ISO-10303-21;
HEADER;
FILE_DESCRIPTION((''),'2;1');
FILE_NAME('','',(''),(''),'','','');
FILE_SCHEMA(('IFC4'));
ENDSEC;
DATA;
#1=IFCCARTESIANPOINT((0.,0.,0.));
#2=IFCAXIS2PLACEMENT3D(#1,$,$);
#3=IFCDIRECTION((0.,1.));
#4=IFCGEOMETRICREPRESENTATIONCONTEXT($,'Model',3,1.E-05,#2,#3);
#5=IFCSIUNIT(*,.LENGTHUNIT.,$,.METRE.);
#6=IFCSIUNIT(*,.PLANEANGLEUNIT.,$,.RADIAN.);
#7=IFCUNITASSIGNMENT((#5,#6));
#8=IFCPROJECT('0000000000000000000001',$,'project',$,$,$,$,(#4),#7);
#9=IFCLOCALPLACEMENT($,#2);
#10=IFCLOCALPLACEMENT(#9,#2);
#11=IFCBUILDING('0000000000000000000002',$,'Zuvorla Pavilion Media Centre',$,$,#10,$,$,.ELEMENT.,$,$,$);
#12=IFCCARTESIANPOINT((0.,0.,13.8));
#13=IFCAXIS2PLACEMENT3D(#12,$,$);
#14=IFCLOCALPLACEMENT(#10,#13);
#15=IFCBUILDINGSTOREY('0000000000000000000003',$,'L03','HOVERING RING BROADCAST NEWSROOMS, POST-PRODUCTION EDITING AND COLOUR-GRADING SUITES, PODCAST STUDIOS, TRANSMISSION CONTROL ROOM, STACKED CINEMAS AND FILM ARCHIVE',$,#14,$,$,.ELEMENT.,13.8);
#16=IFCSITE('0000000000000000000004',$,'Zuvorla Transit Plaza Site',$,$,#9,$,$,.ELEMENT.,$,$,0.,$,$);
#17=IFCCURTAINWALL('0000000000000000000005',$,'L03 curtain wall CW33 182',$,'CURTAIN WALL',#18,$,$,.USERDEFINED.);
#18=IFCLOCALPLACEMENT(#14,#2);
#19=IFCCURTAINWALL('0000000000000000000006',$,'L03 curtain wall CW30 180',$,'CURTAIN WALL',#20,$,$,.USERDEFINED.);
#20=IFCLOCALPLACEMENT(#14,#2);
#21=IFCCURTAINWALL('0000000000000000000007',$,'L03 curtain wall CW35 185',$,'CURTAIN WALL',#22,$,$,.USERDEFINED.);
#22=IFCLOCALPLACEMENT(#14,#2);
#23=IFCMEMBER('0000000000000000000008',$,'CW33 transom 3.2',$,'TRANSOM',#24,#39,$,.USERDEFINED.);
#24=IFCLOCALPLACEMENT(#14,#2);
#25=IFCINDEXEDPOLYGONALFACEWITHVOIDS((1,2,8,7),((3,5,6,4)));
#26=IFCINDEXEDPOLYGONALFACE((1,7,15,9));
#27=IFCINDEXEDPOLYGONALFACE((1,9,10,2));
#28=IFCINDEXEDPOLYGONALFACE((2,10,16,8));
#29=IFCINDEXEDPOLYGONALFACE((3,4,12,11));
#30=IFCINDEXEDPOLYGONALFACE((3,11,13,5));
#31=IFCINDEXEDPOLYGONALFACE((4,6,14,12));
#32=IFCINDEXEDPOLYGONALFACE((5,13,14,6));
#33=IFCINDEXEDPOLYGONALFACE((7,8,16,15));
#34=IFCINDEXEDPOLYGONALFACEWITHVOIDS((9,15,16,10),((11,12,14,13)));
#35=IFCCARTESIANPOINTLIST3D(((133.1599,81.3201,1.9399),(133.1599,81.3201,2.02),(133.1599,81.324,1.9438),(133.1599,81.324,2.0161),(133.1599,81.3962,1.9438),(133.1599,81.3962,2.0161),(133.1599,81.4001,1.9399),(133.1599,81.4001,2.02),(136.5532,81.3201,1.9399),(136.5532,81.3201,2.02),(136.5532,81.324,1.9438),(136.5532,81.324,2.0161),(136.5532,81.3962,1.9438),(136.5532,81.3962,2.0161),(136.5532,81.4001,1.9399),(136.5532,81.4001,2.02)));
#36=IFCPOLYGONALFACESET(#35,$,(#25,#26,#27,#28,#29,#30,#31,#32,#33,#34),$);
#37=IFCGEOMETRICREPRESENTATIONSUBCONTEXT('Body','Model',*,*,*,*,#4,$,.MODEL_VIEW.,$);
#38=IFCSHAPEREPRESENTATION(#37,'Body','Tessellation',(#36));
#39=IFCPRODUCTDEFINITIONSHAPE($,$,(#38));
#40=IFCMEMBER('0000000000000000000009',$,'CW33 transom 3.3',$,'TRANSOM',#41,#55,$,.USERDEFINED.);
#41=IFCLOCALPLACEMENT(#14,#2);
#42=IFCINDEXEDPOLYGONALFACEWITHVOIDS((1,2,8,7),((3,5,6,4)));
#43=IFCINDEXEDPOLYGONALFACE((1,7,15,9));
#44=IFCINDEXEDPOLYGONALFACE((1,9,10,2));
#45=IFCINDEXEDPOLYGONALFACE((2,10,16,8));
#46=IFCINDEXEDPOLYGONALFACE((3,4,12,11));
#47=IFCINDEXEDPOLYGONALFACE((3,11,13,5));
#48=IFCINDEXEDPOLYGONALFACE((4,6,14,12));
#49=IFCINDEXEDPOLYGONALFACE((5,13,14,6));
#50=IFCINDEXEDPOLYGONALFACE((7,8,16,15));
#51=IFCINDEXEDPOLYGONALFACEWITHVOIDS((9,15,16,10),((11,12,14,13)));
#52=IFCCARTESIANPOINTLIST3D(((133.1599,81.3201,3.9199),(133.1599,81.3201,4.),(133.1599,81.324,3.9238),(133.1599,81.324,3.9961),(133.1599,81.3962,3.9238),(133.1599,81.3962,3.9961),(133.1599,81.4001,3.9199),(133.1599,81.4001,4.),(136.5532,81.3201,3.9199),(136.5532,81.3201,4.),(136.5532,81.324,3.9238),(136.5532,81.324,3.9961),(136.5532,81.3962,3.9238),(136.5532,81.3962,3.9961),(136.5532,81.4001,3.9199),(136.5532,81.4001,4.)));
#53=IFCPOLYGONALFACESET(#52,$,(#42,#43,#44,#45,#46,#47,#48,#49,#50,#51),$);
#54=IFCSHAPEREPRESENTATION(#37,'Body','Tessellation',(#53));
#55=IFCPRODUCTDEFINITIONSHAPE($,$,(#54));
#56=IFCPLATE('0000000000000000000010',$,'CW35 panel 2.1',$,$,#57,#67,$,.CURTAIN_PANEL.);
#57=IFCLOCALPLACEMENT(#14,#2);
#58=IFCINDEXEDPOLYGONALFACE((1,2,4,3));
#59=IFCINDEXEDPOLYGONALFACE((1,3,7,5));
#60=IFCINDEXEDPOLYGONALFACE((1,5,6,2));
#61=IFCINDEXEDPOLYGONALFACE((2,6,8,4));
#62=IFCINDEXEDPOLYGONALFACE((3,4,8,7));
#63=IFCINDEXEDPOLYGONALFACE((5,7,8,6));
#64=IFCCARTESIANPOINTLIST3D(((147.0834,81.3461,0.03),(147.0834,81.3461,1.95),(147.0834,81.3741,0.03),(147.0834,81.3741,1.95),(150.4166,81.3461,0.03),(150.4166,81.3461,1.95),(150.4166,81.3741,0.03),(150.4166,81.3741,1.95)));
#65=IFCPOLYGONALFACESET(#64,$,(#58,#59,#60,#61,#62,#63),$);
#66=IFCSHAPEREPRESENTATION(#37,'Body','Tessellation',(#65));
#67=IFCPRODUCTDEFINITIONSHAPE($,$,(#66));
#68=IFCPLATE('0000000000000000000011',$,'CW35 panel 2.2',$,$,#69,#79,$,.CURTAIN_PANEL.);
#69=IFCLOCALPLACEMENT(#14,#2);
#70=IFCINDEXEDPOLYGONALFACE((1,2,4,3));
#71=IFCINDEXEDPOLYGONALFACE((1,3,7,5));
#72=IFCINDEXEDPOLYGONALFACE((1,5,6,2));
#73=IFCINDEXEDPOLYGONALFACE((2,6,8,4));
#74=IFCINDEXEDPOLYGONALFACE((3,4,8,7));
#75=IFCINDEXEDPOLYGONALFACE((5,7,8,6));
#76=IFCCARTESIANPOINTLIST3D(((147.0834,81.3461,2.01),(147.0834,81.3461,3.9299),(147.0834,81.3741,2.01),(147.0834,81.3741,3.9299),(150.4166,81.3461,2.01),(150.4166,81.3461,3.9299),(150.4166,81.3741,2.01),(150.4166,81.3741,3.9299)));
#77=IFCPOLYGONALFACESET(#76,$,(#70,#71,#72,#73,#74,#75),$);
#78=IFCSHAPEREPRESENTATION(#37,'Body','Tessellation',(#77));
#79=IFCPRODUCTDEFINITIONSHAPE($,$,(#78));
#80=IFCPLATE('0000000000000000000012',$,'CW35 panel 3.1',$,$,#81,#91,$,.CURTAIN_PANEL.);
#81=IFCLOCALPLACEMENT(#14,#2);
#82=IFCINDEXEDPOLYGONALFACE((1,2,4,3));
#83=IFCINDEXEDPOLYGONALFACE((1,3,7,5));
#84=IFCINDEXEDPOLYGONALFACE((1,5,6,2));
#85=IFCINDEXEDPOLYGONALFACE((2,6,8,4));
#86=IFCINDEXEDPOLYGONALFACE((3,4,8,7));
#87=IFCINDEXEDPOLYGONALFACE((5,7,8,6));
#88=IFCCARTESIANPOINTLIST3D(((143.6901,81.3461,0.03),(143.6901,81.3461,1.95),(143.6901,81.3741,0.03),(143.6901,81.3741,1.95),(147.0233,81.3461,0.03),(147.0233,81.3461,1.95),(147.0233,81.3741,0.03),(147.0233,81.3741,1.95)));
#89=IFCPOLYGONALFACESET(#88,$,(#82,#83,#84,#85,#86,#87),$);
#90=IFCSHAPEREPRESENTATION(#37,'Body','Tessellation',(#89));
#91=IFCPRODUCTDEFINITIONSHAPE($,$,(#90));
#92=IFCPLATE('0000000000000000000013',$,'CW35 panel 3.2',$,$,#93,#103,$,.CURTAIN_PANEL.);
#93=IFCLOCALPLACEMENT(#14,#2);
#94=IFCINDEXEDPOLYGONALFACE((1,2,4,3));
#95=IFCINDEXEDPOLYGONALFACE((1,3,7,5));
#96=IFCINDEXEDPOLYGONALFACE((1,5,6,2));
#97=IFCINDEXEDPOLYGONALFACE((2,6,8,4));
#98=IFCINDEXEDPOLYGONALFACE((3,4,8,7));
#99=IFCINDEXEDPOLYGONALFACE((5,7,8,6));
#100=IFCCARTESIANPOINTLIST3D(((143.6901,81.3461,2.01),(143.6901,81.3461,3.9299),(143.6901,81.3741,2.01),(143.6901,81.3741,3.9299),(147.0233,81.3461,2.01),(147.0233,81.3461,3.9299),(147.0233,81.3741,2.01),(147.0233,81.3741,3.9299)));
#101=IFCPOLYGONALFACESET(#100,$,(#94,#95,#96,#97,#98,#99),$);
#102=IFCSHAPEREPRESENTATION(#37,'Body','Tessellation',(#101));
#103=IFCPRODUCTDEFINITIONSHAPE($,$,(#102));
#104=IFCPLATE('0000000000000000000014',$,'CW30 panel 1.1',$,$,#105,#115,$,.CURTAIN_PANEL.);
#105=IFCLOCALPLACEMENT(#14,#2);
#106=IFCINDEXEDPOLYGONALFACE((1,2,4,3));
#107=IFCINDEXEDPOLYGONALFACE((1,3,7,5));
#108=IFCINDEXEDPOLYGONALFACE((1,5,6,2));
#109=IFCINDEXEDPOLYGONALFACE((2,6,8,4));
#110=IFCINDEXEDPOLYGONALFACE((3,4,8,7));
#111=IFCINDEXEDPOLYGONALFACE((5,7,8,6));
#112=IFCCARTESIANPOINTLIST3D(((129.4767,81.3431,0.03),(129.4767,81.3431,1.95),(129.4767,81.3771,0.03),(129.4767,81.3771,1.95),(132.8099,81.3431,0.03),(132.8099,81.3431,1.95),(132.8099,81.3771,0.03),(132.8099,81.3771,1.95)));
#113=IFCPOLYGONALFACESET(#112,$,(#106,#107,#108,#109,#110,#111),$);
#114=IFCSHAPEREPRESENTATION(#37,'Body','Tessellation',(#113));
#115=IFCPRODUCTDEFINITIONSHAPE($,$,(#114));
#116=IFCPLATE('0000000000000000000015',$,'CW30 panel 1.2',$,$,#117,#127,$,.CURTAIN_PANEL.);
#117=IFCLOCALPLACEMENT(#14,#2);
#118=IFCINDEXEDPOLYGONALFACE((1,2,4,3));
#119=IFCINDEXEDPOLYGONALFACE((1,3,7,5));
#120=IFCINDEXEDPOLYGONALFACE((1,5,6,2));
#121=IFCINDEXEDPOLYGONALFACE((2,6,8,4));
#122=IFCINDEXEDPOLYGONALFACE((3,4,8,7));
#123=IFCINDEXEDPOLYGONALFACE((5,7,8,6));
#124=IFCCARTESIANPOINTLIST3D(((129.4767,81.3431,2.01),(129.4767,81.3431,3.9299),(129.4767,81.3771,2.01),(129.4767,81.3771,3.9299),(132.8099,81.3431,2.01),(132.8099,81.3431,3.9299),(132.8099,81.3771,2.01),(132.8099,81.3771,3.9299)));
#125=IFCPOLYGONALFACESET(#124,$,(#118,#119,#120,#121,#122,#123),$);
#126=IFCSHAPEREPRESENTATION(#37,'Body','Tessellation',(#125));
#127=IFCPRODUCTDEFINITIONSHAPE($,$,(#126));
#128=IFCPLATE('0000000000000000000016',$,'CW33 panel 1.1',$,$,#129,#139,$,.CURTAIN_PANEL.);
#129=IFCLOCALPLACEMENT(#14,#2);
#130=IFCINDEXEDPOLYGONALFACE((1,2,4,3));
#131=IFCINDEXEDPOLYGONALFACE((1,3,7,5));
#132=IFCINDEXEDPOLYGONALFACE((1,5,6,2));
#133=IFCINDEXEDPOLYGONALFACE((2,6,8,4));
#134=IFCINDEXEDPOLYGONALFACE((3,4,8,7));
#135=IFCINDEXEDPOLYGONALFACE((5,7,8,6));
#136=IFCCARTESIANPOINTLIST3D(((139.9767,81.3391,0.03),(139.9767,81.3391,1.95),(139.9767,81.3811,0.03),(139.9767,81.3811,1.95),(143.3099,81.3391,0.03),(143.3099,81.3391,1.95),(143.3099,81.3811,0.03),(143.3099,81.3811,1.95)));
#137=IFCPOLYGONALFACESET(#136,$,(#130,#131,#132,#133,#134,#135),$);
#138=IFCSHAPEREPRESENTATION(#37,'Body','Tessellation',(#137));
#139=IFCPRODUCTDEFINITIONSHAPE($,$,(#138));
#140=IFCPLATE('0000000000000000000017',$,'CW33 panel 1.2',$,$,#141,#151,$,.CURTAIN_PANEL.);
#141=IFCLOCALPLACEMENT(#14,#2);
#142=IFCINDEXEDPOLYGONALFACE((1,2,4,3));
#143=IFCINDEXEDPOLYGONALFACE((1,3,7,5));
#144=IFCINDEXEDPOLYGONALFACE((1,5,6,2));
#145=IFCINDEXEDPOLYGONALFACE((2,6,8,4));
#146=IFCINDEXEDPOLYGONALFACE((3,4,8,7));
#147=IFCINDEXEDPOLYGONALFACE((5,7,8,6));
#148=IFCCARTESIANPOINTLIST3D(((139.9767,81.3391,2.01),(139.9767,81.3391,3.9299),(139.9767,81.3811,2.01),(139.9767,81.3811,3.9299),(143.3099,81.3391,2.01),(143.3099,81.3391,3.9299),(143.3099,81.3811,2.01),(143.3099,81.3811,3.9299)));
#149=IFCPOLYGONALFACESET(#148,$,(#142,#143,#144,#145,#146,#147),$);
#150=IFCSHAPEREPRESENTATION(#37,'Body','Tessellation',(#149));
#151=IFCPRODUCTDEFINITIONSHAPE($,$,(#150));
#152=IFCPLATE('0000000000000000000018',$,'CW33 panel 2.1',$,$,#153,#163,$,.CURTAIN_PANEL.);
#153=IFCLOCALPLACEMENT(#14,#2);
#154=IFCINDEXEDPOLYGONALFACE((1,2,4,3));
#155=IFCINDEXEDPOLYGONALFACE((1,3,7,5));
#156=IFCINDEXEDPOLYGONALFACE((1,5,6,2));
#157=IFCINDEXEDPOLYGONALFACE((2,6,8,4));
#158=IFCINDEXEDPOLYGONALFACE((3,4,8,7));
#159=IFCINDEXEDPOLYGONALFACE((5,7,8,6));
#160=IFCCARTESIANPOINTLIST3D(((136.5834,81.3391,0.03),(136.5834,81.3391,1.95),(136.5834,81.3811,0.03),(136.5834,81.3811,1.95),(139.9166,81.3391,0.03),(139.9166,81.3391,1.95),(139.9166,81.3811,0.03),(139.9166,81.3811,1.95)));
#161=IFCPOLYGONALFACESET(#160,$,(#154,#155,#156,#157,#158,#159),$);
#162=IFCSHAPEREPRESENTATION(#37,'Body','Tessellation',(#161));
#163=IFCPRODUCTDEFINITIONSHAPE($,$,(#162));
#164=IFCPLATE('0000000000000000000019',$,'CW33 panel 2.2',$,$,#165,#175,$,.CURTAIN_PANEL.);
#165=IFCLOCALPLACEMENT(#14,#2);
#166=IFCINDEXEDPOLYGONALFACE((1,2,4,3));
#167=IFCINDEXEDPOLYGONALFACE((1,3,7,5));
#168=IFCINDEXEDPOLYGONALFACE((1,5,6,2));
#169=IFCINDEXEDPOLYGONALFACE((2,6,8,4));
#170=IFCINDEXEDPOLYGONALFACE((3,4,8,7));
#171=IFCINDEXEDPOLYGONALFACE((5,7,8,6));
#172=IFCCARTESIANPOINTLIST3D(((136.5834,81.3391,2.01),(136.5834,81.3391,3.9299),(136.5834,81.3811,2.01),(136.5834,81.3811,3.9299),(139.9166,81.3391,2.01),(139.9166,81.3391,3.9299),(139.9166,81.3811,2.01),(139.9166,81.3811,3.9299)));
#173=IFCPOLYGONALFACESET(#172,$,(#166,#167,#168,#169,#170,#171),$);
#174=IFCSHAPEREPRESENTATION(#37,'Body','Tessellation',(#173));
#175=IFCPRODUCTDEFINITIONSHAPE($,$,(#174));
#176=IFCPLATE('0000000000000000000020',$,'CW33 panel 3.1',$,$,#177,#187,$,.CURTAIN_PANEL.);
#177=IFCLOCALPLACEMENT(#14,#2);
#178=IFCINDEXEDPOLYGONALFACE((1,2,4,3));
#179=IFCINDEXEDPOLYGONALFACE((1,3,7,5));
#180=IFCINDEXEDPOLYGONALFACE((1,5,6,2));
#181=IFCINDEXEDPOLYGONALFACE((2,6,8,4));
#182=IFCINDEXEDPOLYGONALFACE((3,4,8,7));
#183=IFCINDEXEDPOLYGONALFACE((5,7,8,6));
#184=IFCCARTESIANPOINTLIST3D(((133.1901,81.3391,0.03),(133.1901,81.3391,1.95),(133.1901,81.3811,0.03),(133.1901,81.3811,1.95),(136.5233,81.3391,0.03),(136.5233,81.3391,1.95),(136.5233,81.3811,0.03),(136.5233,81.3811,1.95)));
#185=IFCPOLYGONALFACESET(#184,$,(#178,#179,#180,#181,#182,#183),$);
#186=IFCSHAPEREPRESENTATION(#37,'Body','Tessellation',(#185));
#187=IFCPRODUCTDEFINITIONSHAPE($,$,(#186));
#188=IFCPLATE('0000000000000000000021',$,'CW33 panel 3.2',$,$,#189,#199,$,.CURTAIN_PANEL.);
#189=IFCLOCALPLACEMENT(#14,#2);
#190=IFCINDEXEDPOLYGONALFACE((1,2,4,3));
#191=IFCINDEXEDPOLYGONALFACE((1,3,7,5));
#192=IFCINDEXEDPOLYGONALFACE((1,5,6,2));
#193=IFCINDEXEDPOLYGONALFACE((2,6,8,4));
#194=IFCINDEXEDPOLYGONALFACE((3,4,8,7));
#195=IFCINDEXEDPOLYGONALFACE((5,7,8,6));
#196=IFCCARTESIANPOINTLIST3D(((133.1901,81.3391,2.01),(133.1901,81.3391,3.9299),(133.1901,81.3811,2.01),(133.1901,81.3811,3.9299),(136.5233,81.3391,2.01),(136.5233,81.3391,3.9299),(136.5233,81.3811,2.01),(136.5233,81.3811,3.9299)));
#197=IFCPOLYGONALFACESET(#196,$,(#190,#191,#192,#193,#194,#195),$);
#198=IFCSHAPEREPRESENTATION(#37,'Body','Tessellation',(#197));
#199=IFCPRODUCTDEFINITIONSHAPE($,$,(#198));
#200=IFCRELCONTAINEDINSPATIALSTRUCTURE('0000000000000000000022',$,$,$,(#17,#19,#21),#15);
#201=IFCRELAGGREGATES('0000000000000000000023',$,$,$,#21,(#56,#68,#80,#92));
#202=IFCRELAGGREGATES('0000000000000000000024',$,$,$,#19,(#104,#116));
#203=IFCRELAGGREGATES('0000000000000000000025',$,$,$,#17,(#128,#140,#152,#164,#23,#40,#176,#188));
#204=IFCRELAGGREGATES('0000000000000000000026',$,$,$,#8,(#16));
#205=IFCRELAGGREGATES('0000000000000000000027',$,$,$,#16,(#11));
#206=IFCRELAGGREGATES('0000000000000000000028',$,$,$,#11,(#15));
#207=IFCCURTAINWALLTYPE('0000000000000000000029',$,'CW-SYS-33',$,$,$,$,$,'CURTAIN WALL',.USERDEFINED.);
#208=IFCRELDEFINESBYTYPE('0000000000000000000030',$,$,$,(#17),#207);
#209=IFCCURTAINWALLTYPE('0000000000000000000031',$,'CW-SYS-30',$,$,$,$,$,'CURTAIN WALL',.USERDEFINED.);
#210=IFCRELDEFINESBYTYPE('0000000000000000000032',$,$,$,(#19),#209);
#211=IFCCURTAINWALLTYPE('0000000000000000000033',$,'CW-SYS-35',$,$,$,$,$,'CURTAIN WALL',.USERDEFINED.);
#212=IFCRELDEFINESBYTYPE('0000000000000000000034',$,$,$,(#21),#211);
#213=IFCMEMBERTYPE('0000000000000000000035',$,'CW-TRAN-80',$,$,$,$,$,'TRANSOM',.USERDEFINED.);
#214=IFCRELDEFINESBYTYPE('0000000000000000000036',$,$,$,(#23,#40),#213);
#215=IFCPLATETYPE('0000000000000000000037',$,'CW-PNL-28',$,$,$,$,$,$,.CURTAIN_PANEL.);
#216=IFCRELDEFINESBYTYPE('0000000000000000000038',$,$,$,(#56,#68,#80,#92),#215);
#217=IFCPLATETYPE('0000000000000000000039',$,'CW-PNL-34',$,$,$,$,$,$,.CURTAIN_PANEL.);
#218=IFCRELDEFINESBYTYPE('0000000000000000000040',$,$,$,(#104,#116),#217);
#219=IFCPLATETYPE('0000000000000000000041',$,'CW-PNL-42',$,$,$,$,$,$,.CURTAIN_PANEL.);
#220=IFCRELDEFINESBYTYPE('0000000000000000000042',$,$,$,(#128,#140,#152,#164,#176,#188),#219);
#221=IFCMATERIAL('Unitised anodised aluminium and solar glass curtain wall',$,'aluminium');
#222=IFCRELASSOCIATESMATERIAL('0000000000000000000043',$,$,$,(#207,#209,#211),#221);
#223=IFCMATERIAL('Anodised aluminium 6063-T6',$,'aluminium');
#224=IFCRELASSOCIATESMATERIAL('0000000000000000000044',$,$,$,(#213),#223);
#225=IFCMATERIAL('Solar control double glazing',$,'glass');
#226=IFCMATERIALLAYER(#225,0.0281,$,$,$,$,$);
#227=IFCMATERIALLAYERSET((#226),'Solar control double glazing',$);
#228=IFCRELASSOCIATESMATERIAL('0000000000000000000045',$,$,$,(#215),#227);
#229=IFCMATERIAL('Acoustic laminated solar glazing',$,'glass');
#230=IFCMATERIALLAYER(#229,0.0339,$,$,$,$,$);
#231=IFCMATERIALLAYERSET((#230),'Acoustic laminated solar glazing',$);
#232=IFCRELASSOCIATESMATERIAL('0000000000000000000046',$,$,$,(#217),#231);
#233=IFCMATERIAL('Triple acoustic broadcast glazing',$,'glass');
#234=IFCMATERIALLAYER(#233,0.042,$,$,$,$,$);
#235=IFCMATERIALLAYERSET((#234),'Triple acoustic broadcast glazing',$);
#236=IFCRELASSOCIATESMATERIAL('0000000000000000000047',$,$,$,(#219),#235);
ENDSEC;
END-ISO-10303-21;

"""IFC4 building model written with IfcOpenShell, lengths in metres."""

from ifc_helpers import new_model, si_unit, direction, frame, origin, origin_2d, place, context, subcontext, project, spatial, rectangle, hollow_rectangle, extrude, material, layer, layer_set, material_profile, profile_set, type_object, element, aggregate, save


model = new_model("IFC4")

# Units and contexts
model_context = context("Model", 3, precision=1e-05, world=origin(), true_north=direction((0.0, 1.0)))
body_context = subcontext(model_context, "Body", "Model", "MODEL_VIEW")
ifc_project = project(units=[si_unit("LENGTHUNIT", "METRE"), si_unit("PLANEANGLEUNIT", "RADIAN")], contexts=[model_context])

# Site, building, storey
site_placement = place(None, origin())
site = spatial("IfcSite", under=ifc_project, at=site_placement, Name="Zuvorla Transit Plaza Site", CompositionType="ELEMENT", RefElevation=0.0)
building_placement = place(site_placement, origin())
building = spatial("IfcBuilding", under=site, at=building_placement, Name="Zuvorla Pavilion Media Centre", CompositionType="ELEMENT")
storey_placement = place(building_placement, frame((0.0, 0.0, 13.8)))
storey = spatial("IfcBuildingStorey", under=building, at=storey_placement, Name="L03", Description="HOVERING RING BROADCAST NEWSROOMS, POST-PRODUCTION EDITING AND COLOUR-GRADING SUITES, PODCAST STUDIOS, TRANSMISSION CONTROL ROOM, STACKED CINEMAS AND FILM ARCHIVE", CompositionType="ELEMENT", Elevation=13.8)

# Curtain wall
ifc_material_1 = material(Name="Unitised anodised aluminium and solar glass curtain wall", Category="aluminium")
curtain_wall_type_1 = type_object("IfcCurtainWallType", Name="CW-SYS-33", ElementType="CURTAIN WALL", PredefinedType="USERDEFINED", material=ifc_material_1)
curtain_wall_1_placement = place(storey_placement, origin())
curtain_wall_1 = element("IfcCurtainWall", 1, at=curtain_wall_1_placement, inside=storey, type_object=curtain_wall_type_1, Name="L03 curtain wall CW33 182", ObjectType="CURTAIN WALL", PredefinedType="USERDEFINED")
ifc_material_2 = material(Name="Anodised aluminium 6063-T6", Category="aluminium")

# Curtain wall
curtain_wall_type_2 = type_object("IfcCurtainWallType", Name="CW-SYS-30", ElementType="CURTAIN WALL", PredefinedType="USERDEFINED", material=ifc_material_1)
curtain_wall_2_placement = place(storey_placement, origin())
curtain_wall_2 = element("IfcCurtainWall", 2, at=curtain_wall_2_placement, inside=storey, type_object=curtain_wall_type_2, Name="L03 curtain wall CW30 180", ObjectType="CURTAIN WALL", PredefinedType="USERDEFINED")

# Curtain wall
curtain_wall_type_3 = type_object("IfcCurtainWallType", Name="CW-SYS-35", ElementType="CURTAIN WALL", PredefinedType="USERDEFINED", material=ifc_material_1)
curtain_wall_3_placement = place(storey_placement, origin())
curtain_wall_3 = element("IfcCurtainWall", 3, at=curtain_wall_3_placement, inside=storey, type_object=curtain_wall_type_3, Name="L03 curtain wall CW35 185", ObjectType="CURTAIN WALL", PredefinedType="USERDEFINED")

# Members
ifc_material_profile_1 = material_profile(ifc_material_2, hollow_rectangle(XDim=0.0801, YDim=0.0801, WallThickness=0.0039, at=origin_2d()), Name="ALU TRAN 80x80")
ifc_profile_set_1 = profile_set([ifc_material_profile_1], Name="Anodised aluminium 6063-T6")
member_type_1 = type_object("IfcMemberType", Name="CW-TRAN-80", ElementType="TRANSOM", PredefinedType="USERDEFINED", material=ifc_profile_set_1)
member_1_placement = place(storey_placement, frame((136.5532, 81.3601, 1.98), z_axis=(-1.0, 0.0, 0.0), x_axis=(0.0, -1.0, 0.0)))
member_1 = element("IfcMember", 4, at=member_1_placement, type_object=member_type_1, Name="CW33 transom 3.2", ObjectType="TRANSOM", PredefinedType="USERDEFINED", context=body_context, shape_type="SweptSolid", body=[
    extrude(hollow_rectangle(XDim=0.0801, YDim=0.0801, WallThickness=0.0039, at=origin_2d()), origin(), (0.0, 0.0, 1.0), 3.3933),
])
member_2_placement = place(storey_placement, frame((136.5532, 81.3601, 3.96), z_axis=(-1.0, 0.0, 0.0), x_axis=(0.0, -1.0, 0.0)))
member_2 = element("IfcMember", 5, at=member_2_placement, type_object=member_type_1, Name="CW33 transom 3.3", ObjectType="TRANSOM", PredefinedType="USERDEFINED", context=body_context, shape_type="SweptSolid", body=[
    extrude(hollow_rectangle(XDim=0.0801, YDim=0.0801, WallThickness=0.0039, at=origin_2d()), origin(), (0.0, 0.0, 1.0), 3.3933),
])

# Plates
ifc_material_3 = material(Name="Solar control double glazing", Category="glass")
ifc_layer_1 = layer(ifc_material_3, 0.0281)
ifc_layer_set_1 = layer_set([ifc_layer_1], Name="Solar control double glazing")
plate_type_1 = type_object("IfcPlateType", Name="CW-PNL-28", PredefinedType="CURTAIN_PANEL", material=ifc_layer_set_1)
plate_1_placement = place(storey_placement, frame((148.75, 81.3601, 0.03), z_axis=(0.0, 0.0, 1.0), x_axis=(-1.0, 0.0, 0.0)))
plate_1 = element("IfcPlate", 6, at=plate_1_placement, type_object=plate_type_1, Name="CW35 panel 2.1", PredefinedType="CURTAIN_PANEL", context=body_context, shape_type="SweptSolid", body=[
    extrude(rectangle(XDim=3.3333, YDim=0.0281, at=origin_2d()), origin(), (0.0, 0.0, 1.0), 1.9199),
])
plate_2_placement = place(storey_placement, frame((148.75, 81.3601, 2.01), z_axis=(0.0, 0.0, 1.0), x_axis=(-1.0, 0.0, 0.0)))
plate_2 = element("IfcPlate", 7, at=plate_2_placement, type_object=plate_type_1, Name="CW35 panel 2.2", PredefinedType="CURTAIN_PANEL", context=body_context, shape_type="SweptSolid", body=[
    extrude(rectangle(XDim=3.3333, YDim=0.0281, at=origin_2d()), origin(), (0.0, 0.0, 1.0), 1.9199),
])
plate_3_placement = place(storey_placement, frame((145.3567, 81.3601, 0.03), z_axis=(0.0, 0.0, 1.0), x_axis=(-1.0, 0.0, 0.0)))
plate_3 = element("IfcPlate", 8, at=plate_3_placement, type_object=plate_type_1, Name="CW35 panel 3.1", PredefinedType="CURTAIN_PANEL", context=body_context, shape_type="SweptSolid", body=[
    extrude(rectangle(XDim=3.3333, YDim=0.0281, at=origin_2d()), origin(), (0.0, 0.0, 1.0), 1.9199),
])
plate_4_placement = place(storey_placement, frame((145.3567, 81.3601, 2.01), z_axis=(0.0, 0.0, 1.0), x_axis=(-1.0, 0.0, 0.0)))
plate_4 = element("IfcPlate", 9, at=plate_4_placement, type_object=plate_type_1, Name="CW35 panel 3.2", PredefinedType="CURTAIN_PANEL", context=body_context, shape_type="SweptSolid", body=[
    extrude(rectangle(XDim=3.3333, YDim=0.0281, at=origin_2d()), origin(), (0.0, 0.0, 1.0), 1.9199),
])
aggregate(curtain_wall_3, [plate_1, plate_2, plate_3, plate_4])
ifc_material_4 = material(Name="Acoustic laminated solar glazing", Category="glass")
ifc_layer_2 = layer(ifc_material_4, 0.0339)
ifc_layer_set_2 = layer_set([ifc_layer_2], Name="Acoustic laminated solar glazing")
plate_type_2 = type_object("IfcPlateType", Name="CW-PNL-34", PredefinedType="CURTAIN_PANEL", material=ifc_layer_set_2)
plate_5_placement = place(storey_placement, frame((131.1433, 81.3601, 0.03), z_axis=(0.0, 0.0, 1.0), x_axis=(-1.0, 0.0, 0.0)))
plate_5 = element("IfcPlate", 10, at=plate_5_placement, type_object=plate_type_2, Name="CW30 panel 1.1", PredefinedType="CURTAIN_PANEL", context=body_context, shape_type="SweptSolid", body=[
    extrude(rectangle(XDim=3.3333, YDim=0.0339, at=origin_2d()), origin(), (0.0, 0.0, 1.0), 1.9199),
])
plate_6_placement = place(storey_placement, frame((131.1433, 81.3601, 2.01), z_axis=(0.0, 0.0, 1.0), x_axis=(-1.0, 0.0, 0.0)))
plate_6 = element("IfcPlate", 11, at=plate_6_placement, type_object=plate_type_2, Name="CW30 panel 1.2", PredefinedType="CURTAIN_PANEL", context=body_context, shape_type="SweptSolid", body=[
    extrude(rectangle(XDim=3.3333, YDim=0.0339, at=origin_2d()), origin(), (0.0, 0.0, 1.0), 1.9199),
])
aggregate(curtain_wall_2, [plate_5, plate_6])
ifc_material_5 = material(Name="Triple acoustic broadcast glazing", Category="glass")
ifc_layer_3 = layer(ifc_material_5, 0.042)
ifc_layer_set_3 = layer_set([ifc_layer_3], Name="Triple acoustic broadcast glazing")
plate_type_3 = type_object("IfcPlateType", Name="CW-PNL-42", PredefinedType="CURTAIN_PANEL", material=ifc_layer_set_3)
plate_7_placement = place(storey_placement, frame((141.6433, 81.3601, 0.03), z_axis=(0.0, 0.0, 1.0), x_axis=(-1.0, 0.0, 0.0)))
plate_7 = element("IfcPlate", 12, at=plate_7_placement, type_object=plate_type_3, Name="CW33 panel 1.1", PredefinedType="CURTAIN_PANEL", context=body_context, shape_type="SweptSolid", body=[
    extrude(rectangle(XDim=3.3333, YDim=0.042, at=origin_2d()), origin(), (0.0, 0.0, 1.0), 1.9199),
])
plate_8_placement = place(storey_placement, frame((141.6433, 81.3601, 2.01), z_axis=(0.0, 0.0, 1.0), x_axis=(-1.0, 0.0, 0.0)))
plate_8 = element("IfcPlate", 13, at=plate_8_placement, type_object=plate_type_3, Name="CW33 panel 1.2", PredefinedType="CURTAIN_PANEL", context=body_context, shape_type="SweptSolid", body=[
    extrude(rectangle(XDim=3.3333, YDim=0.042, at=origin_2d()), origin(), (0.0, 0.0, 1.0), 1.9199),
])
plate_9_placement = place(storey_placement, frame((138.25, 81.3601, 0.03), z_axis=(0.0, 0.0, 1.0), x_axis=(-1.0, 0.0, 0.0)))
plate_9 = element("IfcPlate", 14, at=plate_9_placement, type_object=plate_type_3, Name="CW33 panel 2.1", PredefinedType="CURTAIN_PANEL", context=body_context, shape_type="SweptSolid", body=[
    extrude(rectangle(XDim=3.3333, YDim=0.042, at=origin_2d()), origin(), (0.0, 0.0, 1.0), 1.9199),
])
plate_10_placement = place(storey_placement, frame((138.25, 81.3601, 2.01), z_axis=(0.0, 0.0, 1.0), x_axis=(-1.0, 0.0, 0.0)))
plate_10 = element("IfcPlate", 15, at=plate_10_placement, type_object=plate_type_3, Name="CW33 panel 2.2", PredefinedType="CURTAIN_PANEL", context=body_context, shape_type="SweptSolid", body=[
    extrude(rectangle(XDim=3.3333, YDim=0.042, at=origin_2d()), origin(), (0.0, 0.0, 1.0), 1.9199),
])
plate_11_placement = place(storey_placement, frame((134.8567, 81.3601, 0.03), z_axis=(0.0, 0.0, 1.0), x_axis=(-1.0, 0.0, 0.0)))
plate_11 = element("IfcPlate", 16, at=plate_11_placement, type_object=plate_type_3, Name="CW33 panel 3.1", PredefinedType="CURTAIN_PANEL", context=body_context, shape_type="SweptSolid", body=[
    extrude(rectangle(XDim=3.3333, YDim=0.042, at=origin_2d()), origin(), (0.0, 0.0, 1.0), 1.9199),
])
plate_12_placement = place(storey_placement, frame((134.8567, 81.3601, 2.01), z_axis=(0.0, 0.0, 1.0), x_axis=(-1.0, 0.0, 0.0)))
plate_12 = element("IfcPlate", 17, at=plate_12_placement, type_object=plate_type_3, Name="CW33 panel 3.2", PredefinedType="CURTAIN_PANEL", context=body_context, shape_type="SweptSolid", body=[
    extrude(rectangle(XDim=3.3333, YDim=0.042, at=origin_2d()), origin(), (0.0, 0.0, 1.0), 1.9199),
])
aggregate(curtain_wall_1, [plate_7, plate_8, plate_9, plate_10, member_1, member_2, plate_11, plate_12])

save(model, "model.ifc")
